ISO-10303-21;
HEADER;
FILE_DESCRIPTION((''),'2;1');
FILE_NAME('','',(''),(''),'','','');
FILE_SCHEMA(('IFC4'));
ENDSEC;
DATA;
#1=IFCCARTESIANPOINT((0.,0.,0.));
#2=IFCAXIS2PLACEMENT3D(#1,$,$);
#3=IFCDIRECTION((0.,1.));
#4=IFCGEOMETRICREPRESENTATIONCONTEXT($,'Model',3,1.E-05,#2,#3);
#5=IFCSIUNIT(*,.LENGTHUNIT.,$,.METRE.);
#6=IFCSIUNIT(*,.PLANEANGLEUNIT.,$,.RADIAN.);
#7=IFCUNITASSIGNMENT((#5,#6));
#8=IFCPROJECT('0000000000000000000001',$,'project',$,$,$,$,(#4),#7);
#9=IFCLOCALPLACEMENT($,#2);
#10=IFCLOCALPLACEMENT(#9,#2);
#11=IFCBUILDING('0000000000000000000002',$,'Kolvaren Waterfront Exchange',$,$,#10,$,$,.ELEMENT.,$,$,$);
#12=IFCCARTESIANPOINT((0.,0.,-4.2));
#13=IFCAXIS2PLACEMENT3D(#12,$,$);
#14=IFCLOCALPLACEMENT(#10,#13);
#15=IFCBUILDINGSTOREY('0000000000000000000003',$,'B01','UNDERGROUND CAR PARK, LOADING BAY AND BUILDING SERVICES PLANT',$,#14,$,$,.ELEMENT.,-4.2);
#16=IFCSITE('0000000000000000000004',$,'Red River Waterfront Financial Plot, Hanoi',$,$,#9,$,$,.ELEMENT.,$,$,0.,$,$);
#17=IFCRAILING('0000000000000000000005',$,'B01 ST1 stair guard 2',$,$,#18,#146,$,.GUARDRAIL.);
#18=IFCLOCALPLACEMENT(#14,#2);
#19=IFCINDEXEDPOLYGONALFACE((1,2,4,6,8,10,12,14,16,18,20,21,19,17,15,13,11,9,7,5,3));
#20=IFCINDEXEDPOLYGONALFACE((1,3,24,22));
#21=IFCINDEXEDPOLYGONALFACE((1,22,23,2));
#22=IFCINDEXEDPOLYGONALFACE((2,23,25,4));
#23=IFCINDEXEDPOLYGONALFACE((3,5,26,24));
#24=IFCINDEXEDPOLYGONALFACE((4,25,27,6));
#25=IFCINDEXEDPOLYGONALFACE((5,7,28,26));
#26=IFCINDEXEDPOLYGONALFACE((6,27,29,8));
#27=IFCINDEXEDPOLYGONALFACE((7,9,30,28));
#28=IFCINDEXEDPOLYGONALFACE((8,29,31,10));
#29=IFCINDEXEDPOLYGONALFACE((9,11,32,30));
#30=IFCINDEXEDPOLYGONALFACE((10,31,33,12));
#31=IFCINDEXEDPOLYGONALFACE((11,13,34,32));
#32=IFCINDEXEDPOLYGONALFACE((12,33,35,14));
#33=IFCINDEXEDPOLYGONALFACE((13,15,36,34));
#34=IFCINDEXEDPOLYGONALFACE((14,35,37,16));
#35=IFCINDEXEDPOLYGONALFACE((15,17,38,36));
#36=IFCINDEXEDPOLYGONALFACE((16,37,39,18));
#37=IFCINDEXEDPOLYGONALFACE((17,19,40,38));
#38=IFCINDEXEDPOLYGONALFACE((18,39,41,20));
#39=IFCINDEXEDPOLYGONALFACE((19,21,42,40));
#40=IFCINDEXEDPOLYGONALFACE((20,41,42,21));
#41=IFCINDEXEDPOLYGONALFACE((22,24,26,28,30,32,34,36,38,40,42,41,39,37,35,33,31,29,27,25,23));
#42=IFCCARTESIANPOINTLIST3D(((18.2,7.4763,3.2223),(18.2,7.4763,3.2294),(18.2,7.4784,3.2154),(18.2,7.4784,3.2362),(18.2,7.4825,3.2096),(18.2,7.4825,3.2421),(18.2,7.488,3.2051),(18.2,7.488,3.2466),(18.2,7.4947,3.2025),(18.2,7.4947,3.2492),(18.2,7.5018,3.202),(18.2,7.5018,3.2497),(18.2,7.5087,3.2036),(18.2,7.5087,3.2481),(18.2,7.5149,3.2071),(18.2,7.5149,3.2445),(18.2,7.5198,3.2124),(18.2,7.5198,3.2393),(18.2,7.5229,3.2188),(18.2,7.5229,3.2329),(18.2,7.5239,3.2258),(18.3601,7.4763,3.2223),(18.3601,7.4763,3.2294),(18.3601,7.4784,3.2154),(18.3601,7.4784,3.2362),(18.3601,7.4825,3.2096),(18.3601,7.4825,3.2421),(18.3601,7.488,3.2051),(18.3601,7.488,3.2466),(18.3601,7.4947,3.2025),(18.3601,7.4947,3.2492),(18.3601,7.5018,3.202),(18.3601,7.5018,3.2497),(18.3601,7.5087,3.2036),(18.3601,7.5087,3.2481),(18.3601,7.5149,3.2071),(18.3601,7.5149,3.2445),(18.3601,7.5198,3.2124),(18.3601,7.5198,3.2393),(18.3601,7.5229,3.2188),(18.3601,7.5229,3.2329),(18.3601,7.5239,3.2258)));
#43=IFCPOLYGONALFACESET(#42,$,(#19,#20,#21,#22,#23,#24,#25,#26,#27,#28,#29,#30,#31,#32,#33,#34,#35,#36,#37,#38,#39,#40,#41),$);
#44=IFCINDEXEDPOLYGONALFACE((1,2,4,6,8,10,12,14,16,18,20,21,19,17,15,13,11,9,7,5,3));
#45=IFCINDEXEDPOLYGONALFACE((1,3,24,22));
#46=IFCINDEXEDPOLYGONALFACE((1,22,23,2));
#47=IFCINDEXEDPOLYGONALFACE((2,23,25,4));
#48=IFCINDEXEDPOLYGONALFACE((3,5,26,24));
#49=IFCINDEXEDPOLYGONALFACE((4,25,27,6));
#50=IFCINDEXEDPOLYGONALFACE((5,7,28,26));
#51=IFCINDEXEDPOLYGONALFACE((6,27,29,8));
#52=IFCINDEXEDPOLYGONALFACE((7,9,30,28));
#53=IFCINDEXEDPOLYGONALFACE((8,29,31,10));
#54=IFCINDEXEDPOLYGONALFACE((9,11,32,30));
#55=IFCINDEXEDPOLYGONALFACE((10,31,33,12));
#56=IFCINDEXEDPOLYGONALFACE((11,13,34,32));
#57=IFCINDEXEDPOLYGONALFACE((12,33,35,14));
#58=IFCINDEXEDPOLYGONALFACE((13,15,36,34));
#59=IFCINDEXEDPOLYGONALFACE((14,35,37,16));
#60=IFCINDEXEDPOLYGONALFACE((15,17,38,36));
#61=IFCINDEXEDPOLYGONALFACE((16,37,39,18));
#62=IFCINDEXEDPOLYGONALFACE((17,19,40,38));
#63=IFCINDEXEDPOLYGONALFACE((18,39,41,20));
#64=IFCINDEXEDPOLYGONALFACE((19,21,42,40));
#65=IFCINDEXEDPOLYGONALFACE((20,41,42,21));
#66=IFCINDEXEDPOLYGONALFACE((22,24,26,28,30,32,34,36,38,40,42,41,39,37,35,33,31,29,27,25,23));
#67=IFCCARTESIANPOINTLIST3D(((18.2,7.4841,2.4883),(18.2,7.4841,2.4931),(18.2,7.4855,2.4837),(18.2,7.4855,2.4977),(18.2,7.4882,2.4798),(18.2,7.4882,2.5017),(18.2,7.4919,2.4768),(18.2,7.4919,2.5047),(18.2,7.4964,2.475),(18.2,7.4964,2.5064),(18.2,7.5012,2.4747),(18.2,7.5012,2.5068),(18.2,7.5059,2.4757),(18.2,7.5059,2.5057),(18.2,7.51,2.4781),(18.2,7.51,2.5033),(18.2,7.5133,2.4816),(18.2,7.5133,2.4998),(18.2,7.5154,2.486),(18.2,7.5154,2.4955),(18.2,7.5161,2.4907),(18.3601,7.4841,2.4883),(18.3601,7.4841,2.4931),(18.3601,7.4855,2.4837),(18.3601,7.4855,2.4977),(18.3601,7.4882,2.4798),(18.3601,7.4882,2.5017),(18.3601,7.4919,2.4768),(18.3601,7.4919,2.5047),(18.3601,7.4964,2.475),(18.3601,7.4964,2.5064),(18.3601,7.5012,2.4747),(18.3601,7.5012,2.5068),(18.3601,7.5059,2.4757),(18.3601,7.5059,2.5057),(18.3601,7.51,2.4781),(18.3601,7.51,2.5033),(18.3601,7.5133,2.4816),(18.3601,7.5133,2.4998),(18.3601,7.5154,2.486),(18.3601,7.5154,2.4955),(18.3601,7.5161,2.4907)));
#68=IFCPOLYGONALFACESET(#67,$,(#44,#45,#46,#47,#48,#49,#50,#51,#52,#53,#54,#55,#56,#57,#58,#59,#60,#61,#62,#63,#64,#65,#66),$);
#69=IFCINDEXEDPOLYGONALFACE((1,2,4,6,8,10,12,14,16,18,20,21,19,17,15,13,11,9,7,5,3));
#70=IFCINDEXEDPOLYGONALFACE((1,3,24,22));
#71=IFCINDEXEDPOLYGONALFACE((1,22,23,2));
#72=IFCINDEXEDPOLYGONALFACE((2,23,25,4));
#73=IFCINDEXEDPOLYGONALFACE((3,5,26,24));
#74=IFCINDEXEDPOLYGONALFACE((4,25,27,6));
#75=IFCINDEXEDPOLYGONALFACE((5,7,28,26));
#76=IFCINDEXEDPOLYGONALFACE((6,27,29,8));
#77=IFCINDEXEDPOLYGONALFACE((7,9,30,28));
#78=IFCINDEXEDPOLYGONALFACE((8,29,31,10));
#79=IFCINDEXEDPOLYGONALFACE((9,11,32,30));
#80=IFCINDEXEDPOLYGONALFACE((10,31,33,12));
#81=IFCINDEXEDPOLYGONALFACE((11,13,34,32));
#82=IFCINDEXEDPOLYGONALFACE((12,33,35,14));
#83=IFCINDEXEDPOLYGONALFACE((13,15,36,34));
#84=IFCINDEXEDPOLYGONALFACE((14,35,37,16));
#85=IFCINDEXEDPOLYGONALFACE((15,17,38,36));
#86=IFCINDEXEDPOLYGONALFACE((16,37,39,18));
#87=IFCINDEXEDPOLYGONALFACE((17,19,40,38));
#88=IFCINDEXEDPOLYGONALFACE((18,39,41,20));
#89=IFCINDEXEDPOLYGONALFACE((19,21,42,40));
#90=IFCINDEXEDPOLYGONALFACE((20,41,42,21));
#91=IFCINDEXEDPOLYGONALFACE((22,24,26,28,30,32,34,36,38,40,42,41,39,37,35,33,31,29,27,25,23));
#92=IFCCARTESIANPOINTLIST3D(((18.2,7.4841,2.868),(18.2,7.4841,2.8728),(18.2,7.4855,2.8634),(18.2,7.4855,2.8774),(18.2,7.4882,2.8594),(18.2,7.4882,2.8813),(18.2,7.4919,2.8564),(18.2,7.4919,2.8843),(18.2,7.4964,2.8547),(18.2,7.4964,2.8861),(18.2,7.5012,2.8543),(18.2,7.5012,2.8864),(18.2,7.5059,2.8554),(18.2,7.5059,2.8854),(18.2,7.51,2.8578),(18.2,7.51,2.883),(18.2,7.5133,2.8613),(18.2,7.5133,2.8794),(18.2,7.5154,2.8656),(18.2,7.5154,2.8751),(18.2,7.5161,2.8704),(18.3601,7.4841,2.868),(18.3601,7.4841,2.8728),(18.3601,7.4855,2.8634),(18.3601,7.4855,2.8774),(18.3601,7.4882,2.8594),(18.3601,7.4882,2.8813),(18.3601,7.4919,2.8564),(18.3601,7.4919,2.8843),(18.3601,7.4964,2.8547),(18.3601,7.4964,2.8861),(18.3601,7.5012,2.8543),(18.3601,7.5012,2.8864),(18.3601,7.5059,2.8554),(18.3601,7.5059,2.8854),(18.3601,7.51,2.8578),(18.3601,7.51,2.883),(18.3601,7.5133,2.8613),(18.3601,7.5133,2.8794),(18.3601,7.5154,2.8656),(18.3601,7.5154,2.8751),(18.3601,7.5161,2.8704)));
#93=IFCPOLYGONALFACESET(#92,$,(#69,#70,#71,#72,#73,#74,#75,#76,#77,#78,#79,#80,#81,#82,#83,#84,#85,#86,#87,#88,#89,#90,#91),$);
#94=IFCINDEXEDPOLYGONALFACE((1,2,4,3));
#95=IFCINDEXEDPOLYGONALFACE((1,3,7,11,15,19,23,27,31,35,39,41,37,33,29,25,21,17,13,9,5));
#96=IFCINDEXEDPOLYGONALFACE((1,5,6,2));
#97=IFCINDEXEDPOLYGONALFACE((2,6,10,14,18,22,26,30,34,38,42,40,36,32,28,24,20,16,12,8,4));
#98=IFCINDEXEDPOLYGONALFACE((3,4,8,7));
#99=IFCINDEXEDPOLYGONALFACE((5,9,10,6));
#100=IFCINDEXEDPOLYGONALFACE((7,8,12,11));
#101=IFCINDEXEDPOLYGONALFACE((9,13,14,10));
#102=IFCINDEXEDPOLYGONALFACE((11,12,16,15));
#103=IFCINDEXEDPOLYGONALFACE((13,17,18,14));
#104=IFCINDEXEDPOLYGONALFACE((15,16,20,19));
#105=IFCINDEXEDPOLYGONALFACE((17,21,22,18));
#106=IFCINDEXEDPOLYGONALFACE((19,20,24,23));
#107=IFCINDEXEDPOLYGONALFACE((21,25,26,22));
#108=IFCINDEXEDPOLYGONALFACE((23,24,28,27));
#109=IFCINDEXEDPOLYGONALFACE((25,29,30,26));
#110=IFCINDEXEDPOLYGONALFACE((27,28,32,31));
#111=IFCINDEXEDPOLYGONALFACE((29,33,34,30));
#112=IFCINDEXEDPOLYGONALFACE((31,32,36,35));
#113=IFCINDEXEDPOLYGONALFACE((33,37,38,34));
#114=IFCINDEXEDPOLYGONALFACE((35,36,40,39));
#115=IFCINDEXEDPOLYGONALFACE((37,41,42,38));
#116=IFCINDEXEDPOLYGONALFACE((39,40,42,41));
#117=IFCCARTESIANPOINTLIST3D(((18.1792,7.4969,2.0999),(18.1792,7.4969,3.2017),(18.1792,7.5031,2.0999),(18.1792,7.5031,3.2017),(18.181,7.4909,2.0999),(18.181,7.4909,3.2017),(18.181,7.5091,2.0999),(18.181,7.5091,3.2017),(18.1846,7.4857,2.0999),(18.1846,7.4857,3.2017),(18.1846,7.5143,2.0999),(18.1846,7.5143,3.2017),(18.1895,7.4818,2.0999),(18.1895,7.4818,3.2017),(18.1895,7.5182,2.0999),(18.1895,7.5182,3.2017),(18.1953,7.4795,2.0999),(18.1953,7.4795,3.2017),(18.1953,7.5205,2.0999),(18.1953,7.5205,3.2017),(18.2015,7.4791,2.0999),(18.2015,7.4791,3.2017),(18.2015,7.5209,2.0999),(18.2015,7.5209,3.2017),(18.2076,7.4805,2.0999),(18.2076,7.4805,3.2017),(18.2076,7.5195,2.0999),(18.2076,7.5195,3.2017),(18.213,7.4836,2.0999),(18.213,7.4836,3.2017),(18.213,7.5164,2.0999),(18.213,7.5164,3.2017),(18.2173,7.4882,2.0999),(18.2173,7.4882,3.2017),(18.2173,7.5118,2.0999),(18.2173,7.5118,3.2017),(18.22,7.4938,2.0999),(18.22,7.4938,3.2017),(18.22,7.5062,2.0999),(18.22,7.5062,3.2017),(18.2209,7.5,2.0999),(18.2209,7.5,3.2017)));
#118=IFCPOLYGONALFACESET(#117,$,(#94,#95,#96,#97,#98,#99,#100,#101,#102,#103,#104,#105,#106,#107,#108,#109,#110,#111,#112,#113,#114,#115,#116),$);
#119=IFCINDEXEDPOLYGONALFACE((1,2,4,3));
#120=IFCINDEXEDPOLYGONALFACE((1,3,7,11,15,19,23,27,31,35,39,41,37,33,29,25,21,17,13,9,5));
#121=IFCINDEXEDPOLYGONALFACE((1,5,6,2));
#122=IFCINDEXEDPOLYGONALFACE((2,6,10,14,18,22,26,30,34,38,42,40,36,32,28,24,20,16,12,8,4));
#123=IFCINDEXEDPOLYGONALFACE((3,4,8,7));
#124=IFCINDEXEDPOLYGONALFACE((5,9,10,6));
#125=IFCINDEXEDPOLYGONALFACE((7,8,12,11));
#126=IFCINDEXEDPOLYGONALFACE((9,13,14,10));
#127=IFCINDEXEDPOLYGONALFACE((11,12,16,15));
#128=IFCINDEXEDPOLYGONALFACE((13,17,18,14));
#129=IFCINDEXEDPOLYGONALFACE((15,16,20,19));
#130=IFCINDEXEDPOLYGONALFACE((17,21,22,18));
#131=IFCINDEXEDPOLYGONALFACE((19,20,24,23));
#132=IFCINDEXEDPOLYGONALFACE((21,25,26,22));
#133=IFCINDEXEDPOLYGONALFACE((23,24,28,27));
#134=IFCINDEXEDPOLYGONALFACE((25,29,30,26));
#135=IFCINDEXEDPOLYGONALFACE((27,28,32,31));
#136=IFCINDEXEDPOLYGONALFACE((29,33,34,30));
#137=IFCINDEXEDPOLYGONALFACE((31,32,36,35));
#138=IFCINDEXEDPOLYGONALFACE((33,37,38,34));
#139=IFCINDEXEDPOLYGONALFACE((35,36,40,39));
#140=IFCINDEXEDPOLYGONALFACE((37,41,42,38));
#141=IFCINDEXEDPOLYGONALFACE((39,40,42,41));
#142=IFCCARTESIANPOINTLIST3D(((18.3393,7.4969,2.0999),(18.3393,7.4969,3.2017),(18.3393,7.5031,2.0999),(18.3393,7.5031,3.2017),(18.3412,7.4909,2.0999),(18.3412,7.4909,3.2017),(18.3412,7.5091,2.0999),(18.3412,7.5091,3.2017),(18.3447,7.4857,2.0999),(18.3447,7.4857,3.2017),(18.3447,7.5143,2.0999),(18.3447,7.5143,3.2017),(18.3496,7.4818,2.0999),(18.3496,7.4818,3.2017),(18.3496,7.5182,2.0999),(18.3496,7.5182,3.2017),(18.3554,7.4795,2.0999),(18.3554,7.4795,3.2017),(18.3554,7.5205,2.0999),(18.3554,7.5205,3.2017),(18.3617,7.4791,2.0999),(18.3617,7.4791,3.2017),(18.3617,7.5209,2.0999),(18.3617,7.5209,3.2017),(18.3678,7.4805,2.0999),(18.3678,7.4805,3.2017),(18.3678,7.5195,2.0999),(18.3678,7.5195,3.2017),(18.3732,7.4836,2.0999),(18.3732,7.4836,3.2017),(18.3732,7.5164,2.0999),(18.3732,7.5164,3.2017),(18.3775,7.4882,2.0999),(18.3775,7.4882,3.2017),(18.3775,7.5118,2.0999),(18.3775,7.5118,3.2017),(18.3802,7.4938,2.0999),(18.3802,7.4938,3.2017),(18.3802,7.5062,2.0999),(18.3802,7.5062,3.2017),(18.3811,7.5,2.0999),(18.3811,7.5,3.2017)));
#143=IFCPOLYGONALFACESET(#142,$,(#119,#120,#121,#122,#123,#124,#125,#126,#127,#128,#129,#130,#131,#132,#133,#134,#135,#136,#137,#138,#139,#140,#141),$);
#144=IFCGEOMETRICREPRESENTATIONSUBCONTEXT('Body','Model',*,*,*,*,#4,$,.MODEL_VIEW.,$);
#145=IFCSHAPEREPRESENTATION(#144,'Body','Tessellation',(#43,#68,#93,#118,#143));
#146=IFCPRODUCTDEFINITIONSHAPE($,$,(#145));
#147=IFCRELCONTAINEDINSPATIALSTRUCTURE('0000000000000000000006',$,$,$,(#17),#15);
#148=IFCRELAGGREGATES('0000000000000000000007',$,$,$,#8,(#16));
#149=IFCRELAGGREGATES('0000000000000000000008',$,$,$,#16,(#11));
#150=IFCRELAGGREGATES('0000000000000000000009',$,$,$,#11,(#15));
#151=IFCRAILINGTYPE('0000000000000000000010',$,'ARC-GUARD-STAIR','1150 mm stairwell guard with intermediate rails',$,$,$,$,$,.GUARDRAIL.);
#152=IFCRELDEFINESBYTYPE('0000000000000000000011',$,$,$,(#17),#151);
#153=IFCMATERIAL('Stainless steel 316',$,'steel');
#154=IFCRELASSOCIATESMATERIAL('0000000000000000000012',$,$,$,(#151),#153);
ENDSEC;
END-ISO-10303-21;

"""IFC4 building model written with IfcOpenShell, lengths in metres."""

from ifc_helpers import new_model, si_unit, direction, frame, origin, origin_2d, place, context, subcontext, project, spatial, circle, extrude, material, type_object, element, save


model = new_model("IFC4")

# Units and contexts
model_context = context("Model", 3, precision=1e-05, world=origin(), true_north=direction((0.0, 1.0)))
body_context = subcontext(model_context, "Body", "Model", "MODEL_VIEW")
ifc_project = project(units=[si_unit("LENGTHUNIT", "METRE"), si_unit("PLANEANGLEUNIT", "RADIAN")], contexts=[model_context])

# Site, building, storey
site_placement = place(None, origin())
site = spatial("IfcSite", under=ifc_project, at=site_placement, Name="Red River Waterfront Financial Plot, Hanoi", CompositionType="ELEMENT", RefElevation=0.0)
building_placement = place(site_placement, origin())
building = spatial("IfcBuilding", under=site, at=building_placement, Name="Kolvaren Waterfront Exchange", CompositionType="ELEMENT")
storey_placement = place(building_placement, frame((0.0, 0.0, -4.2)))
storey = spatial("IfcBuildingStorey", under=building, at=storey_placement, Name="B01", Description="UNDERGROUND CAR PARK, LOADING BAY AND BUILDING SERVICES PLANT", CompositionType="ELEMENT", Elevation=-4.2)

# Railing
ifc_material_1 = material(Name="Stainless steel 316", Category="steel")
railing_type_1 = type_object("IfcRailingType", Name="ARC-GUARD-STAIR", Description="1150 mm stairwell guard with intermediate rails", PredefinedType="GUARDRAIL", material=ifc_material_1)
railing_1_placement = place(storey_placement, frame((18.2, 7.5, 2.0999)))
element("IfcRailing", 1, at=railing_1_placement, inside=storey, type_object=railing_type_1, Name="B01 ST1 stair guard 2", PredefinedType="GUARDRAIL", context=body_context, shape_type="SweptSolid", body=[
    extrude(circle(Radius=0.0239, at=origin_2d()), frame((0.0, 0.0, 1.126), z_axis=(1.0, 0.0, 0.0), x_axis=(0.0, 1.0, 0.0)), (0.0, 0.0, 1.0), 0.1602),
    extrude(circle(Radius=0.0161, at=origin_2d()), frame((0.0, 0.0, 0.3909), z_axis=(1.0, 0.0, 0.0), x_axis=(0.0, 1.0, 0.0)), (0.0, 0.0, 1.0), 0.1602),
    extrude(circle(Radius=0.0161, at=origin_2d()), frame((0.0, 0.0, 0.7705), z_axis=(1.0, 0.0, 0.0), x_axis=(0.0, 1.0, 0.0)), (0.0, 0.0, 1.0), 0.1602),
    extrude(circle(Radius=0.021, at=origin_2d()), origin(), (0.0, 0.0, 1.0), 1.1018),
    extrude(circle(Radius=0.021, at=origin_2d()), frame((0.1602, 0.0, 0.0)), (0.0, 0.0, 1.0), 1.1018),
])

save(model, "model.ifc")
